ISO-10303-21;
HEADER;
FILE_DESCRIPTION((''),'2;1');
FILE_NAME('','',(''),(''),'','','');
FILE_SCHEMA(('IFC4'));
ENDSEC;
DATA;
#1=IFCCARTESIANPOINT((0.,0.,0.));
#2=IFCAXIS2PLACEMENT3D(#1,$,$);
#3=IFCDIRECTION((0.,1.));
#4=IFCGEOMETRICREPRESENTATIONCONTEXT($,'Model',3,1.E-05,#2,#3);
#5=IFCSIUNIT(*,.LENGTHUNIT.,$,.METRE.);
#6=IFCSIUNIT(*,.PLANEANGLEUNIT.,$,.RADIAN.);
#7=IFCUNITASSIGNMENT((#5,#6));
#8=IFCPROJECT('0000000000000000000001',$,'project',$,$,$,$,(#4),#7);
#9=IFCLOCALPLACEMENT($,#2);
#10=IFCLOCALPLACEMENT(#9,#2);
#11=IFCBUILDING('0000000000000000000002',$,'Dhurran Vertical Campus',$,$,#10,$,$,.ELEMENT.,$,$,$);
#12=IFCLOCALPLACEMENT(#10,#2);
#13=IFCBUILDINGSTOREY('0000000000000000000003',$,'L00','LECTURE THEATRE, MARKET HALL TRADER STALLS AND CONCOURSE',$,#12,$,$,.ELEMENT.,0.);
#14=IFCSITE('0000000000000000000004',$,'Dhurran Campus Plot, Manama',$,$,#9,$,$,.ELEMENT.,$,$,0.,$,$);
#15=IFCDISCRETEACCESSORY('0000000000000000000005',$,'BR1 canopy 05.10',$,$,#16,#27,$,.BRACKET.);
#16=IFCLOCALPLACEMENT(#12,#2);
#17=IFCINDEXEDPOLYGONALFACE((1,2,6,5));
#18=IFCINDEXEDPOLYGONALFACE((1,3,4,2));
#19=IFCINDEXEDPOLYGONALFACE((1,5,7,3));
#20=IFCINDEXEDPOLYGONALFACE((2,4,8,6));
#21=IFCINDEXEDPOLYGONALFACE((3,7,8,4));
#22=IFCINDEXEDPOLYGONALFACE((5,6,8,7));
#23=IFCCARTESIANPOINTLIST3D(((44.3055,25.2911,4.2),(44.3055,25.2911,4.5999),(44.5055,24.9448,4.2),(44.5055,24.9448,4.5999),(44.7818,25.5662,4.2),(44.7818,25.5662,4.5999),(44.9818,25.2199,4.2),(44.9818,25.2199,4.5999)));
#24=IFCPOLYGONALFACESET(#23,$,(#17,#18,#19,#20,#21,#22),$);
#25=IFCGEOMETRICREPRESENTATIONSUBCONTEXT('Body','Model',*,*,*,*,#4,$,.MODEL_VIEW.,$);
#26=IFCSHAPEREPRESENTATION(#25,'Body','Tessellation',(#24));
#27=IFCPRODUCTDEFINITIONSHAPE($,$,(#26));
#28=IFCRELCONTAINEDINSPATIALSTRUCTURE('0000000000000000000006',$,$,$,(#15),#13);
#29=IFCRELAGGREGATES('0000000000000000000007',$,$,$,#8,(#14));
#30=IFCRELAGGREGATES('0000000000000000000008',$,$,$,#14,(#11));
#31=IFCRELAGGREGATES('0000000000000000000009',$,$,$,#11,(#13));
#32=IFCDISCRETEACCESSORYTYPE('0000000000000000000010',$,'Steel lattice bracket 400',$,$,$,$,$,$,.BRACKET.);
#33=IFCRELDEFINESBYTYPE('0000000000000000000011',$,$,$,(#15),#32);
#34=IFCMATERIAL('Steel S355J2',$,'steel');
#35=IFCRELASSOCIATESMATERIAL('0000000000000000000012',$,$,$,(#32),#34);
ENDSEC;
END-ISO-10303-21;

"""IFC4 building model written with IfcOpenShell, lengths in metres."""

from ifc_helpers import new_model, si_unit, direction, frame, origin, origin_2d, place, context, subcontext, project, spatial, rectangle, extrude, material, material_profile, profile_set, type_object, element, save


model = new_model("IFC4")

# Units and contexts
model_context = context("Model", 3, precision=1e-05, world=origin(), true_north=direction((0.0, 1.0)))
body_context = subcontext(model_context, "Body", "Model", "MODEL_VIEW")
ifc_project = project(units=[si_unit("LENGTHUNIT", "METRE"), si_unit("PLANEANGLEUNIT", "RADIAN")], contexts=[model_context])

# Site, building, storey
site_placement = place(None, origin())
site = spatial("IfcSite", under=ifc_project, at=site_placement, Name="Dhurran Campus Plot, Manama", CompositionType="ELEMENT", RefElevation=0.0)
building_placement = place(site_placement, origin())
building = spatial("IfcBuilding", under=site, at=building_placement, Name="Dhurran Vertical Campus", CompositionType="ELEMENT")
storey_placement = place(building_placement, origin())
storey = spatial("IfcBuildingStorey", under=building, at=storey_placement, Name="L00", Description="LECTURE THEATRE, MARKET HALL TRADER STALLS AND CONCOURSE", CompositionType="ELEMENT", Elevation=0.0)

# Discrete accessory
ifc_material_1 = material(Name="Steel S355J2", Category="steel")
ifc_material_profile_1 = material_profile(ifc_material_1, rectangle(XDim=0.3999, YDim=0.3999, at=origin_2d()), Name="Steel lattice bracket 400")
ifc_profile_set_1 = profile_set([ifc_material_profile_1], Name="Steel S355J2")
discrete_accessory_type = type_object("IfcDiscreteAccessoryType", Name="Steel lattice bracket 400", PredefinedType="BRACKET", material=ifc_profile_set_1)
discrete_accessory_placement = place(storey_placement, frame((44.4055, 25.1179, 4.3999), z_axis=(0.865912, 0.500196, 0.0), x_axis=(-0.500196, 0.865912, 0.0)))
element("IfcDiscreteAccessory", 1, at=discrete_accessory_placement, inside=storey, type_object=discrete_accessory_type, Name="BR1 canopy 05.10", PredefinedType="BRACKET", context=body_context, shape_type="SweptSolid", body=[
    extrude(rectangle(XDim=0.3999, YDim=0.3999, at=origin_2d()), origin(), (0.0, 0.0, 1.0), 0.55),
])

save(model, "model.ifc")
